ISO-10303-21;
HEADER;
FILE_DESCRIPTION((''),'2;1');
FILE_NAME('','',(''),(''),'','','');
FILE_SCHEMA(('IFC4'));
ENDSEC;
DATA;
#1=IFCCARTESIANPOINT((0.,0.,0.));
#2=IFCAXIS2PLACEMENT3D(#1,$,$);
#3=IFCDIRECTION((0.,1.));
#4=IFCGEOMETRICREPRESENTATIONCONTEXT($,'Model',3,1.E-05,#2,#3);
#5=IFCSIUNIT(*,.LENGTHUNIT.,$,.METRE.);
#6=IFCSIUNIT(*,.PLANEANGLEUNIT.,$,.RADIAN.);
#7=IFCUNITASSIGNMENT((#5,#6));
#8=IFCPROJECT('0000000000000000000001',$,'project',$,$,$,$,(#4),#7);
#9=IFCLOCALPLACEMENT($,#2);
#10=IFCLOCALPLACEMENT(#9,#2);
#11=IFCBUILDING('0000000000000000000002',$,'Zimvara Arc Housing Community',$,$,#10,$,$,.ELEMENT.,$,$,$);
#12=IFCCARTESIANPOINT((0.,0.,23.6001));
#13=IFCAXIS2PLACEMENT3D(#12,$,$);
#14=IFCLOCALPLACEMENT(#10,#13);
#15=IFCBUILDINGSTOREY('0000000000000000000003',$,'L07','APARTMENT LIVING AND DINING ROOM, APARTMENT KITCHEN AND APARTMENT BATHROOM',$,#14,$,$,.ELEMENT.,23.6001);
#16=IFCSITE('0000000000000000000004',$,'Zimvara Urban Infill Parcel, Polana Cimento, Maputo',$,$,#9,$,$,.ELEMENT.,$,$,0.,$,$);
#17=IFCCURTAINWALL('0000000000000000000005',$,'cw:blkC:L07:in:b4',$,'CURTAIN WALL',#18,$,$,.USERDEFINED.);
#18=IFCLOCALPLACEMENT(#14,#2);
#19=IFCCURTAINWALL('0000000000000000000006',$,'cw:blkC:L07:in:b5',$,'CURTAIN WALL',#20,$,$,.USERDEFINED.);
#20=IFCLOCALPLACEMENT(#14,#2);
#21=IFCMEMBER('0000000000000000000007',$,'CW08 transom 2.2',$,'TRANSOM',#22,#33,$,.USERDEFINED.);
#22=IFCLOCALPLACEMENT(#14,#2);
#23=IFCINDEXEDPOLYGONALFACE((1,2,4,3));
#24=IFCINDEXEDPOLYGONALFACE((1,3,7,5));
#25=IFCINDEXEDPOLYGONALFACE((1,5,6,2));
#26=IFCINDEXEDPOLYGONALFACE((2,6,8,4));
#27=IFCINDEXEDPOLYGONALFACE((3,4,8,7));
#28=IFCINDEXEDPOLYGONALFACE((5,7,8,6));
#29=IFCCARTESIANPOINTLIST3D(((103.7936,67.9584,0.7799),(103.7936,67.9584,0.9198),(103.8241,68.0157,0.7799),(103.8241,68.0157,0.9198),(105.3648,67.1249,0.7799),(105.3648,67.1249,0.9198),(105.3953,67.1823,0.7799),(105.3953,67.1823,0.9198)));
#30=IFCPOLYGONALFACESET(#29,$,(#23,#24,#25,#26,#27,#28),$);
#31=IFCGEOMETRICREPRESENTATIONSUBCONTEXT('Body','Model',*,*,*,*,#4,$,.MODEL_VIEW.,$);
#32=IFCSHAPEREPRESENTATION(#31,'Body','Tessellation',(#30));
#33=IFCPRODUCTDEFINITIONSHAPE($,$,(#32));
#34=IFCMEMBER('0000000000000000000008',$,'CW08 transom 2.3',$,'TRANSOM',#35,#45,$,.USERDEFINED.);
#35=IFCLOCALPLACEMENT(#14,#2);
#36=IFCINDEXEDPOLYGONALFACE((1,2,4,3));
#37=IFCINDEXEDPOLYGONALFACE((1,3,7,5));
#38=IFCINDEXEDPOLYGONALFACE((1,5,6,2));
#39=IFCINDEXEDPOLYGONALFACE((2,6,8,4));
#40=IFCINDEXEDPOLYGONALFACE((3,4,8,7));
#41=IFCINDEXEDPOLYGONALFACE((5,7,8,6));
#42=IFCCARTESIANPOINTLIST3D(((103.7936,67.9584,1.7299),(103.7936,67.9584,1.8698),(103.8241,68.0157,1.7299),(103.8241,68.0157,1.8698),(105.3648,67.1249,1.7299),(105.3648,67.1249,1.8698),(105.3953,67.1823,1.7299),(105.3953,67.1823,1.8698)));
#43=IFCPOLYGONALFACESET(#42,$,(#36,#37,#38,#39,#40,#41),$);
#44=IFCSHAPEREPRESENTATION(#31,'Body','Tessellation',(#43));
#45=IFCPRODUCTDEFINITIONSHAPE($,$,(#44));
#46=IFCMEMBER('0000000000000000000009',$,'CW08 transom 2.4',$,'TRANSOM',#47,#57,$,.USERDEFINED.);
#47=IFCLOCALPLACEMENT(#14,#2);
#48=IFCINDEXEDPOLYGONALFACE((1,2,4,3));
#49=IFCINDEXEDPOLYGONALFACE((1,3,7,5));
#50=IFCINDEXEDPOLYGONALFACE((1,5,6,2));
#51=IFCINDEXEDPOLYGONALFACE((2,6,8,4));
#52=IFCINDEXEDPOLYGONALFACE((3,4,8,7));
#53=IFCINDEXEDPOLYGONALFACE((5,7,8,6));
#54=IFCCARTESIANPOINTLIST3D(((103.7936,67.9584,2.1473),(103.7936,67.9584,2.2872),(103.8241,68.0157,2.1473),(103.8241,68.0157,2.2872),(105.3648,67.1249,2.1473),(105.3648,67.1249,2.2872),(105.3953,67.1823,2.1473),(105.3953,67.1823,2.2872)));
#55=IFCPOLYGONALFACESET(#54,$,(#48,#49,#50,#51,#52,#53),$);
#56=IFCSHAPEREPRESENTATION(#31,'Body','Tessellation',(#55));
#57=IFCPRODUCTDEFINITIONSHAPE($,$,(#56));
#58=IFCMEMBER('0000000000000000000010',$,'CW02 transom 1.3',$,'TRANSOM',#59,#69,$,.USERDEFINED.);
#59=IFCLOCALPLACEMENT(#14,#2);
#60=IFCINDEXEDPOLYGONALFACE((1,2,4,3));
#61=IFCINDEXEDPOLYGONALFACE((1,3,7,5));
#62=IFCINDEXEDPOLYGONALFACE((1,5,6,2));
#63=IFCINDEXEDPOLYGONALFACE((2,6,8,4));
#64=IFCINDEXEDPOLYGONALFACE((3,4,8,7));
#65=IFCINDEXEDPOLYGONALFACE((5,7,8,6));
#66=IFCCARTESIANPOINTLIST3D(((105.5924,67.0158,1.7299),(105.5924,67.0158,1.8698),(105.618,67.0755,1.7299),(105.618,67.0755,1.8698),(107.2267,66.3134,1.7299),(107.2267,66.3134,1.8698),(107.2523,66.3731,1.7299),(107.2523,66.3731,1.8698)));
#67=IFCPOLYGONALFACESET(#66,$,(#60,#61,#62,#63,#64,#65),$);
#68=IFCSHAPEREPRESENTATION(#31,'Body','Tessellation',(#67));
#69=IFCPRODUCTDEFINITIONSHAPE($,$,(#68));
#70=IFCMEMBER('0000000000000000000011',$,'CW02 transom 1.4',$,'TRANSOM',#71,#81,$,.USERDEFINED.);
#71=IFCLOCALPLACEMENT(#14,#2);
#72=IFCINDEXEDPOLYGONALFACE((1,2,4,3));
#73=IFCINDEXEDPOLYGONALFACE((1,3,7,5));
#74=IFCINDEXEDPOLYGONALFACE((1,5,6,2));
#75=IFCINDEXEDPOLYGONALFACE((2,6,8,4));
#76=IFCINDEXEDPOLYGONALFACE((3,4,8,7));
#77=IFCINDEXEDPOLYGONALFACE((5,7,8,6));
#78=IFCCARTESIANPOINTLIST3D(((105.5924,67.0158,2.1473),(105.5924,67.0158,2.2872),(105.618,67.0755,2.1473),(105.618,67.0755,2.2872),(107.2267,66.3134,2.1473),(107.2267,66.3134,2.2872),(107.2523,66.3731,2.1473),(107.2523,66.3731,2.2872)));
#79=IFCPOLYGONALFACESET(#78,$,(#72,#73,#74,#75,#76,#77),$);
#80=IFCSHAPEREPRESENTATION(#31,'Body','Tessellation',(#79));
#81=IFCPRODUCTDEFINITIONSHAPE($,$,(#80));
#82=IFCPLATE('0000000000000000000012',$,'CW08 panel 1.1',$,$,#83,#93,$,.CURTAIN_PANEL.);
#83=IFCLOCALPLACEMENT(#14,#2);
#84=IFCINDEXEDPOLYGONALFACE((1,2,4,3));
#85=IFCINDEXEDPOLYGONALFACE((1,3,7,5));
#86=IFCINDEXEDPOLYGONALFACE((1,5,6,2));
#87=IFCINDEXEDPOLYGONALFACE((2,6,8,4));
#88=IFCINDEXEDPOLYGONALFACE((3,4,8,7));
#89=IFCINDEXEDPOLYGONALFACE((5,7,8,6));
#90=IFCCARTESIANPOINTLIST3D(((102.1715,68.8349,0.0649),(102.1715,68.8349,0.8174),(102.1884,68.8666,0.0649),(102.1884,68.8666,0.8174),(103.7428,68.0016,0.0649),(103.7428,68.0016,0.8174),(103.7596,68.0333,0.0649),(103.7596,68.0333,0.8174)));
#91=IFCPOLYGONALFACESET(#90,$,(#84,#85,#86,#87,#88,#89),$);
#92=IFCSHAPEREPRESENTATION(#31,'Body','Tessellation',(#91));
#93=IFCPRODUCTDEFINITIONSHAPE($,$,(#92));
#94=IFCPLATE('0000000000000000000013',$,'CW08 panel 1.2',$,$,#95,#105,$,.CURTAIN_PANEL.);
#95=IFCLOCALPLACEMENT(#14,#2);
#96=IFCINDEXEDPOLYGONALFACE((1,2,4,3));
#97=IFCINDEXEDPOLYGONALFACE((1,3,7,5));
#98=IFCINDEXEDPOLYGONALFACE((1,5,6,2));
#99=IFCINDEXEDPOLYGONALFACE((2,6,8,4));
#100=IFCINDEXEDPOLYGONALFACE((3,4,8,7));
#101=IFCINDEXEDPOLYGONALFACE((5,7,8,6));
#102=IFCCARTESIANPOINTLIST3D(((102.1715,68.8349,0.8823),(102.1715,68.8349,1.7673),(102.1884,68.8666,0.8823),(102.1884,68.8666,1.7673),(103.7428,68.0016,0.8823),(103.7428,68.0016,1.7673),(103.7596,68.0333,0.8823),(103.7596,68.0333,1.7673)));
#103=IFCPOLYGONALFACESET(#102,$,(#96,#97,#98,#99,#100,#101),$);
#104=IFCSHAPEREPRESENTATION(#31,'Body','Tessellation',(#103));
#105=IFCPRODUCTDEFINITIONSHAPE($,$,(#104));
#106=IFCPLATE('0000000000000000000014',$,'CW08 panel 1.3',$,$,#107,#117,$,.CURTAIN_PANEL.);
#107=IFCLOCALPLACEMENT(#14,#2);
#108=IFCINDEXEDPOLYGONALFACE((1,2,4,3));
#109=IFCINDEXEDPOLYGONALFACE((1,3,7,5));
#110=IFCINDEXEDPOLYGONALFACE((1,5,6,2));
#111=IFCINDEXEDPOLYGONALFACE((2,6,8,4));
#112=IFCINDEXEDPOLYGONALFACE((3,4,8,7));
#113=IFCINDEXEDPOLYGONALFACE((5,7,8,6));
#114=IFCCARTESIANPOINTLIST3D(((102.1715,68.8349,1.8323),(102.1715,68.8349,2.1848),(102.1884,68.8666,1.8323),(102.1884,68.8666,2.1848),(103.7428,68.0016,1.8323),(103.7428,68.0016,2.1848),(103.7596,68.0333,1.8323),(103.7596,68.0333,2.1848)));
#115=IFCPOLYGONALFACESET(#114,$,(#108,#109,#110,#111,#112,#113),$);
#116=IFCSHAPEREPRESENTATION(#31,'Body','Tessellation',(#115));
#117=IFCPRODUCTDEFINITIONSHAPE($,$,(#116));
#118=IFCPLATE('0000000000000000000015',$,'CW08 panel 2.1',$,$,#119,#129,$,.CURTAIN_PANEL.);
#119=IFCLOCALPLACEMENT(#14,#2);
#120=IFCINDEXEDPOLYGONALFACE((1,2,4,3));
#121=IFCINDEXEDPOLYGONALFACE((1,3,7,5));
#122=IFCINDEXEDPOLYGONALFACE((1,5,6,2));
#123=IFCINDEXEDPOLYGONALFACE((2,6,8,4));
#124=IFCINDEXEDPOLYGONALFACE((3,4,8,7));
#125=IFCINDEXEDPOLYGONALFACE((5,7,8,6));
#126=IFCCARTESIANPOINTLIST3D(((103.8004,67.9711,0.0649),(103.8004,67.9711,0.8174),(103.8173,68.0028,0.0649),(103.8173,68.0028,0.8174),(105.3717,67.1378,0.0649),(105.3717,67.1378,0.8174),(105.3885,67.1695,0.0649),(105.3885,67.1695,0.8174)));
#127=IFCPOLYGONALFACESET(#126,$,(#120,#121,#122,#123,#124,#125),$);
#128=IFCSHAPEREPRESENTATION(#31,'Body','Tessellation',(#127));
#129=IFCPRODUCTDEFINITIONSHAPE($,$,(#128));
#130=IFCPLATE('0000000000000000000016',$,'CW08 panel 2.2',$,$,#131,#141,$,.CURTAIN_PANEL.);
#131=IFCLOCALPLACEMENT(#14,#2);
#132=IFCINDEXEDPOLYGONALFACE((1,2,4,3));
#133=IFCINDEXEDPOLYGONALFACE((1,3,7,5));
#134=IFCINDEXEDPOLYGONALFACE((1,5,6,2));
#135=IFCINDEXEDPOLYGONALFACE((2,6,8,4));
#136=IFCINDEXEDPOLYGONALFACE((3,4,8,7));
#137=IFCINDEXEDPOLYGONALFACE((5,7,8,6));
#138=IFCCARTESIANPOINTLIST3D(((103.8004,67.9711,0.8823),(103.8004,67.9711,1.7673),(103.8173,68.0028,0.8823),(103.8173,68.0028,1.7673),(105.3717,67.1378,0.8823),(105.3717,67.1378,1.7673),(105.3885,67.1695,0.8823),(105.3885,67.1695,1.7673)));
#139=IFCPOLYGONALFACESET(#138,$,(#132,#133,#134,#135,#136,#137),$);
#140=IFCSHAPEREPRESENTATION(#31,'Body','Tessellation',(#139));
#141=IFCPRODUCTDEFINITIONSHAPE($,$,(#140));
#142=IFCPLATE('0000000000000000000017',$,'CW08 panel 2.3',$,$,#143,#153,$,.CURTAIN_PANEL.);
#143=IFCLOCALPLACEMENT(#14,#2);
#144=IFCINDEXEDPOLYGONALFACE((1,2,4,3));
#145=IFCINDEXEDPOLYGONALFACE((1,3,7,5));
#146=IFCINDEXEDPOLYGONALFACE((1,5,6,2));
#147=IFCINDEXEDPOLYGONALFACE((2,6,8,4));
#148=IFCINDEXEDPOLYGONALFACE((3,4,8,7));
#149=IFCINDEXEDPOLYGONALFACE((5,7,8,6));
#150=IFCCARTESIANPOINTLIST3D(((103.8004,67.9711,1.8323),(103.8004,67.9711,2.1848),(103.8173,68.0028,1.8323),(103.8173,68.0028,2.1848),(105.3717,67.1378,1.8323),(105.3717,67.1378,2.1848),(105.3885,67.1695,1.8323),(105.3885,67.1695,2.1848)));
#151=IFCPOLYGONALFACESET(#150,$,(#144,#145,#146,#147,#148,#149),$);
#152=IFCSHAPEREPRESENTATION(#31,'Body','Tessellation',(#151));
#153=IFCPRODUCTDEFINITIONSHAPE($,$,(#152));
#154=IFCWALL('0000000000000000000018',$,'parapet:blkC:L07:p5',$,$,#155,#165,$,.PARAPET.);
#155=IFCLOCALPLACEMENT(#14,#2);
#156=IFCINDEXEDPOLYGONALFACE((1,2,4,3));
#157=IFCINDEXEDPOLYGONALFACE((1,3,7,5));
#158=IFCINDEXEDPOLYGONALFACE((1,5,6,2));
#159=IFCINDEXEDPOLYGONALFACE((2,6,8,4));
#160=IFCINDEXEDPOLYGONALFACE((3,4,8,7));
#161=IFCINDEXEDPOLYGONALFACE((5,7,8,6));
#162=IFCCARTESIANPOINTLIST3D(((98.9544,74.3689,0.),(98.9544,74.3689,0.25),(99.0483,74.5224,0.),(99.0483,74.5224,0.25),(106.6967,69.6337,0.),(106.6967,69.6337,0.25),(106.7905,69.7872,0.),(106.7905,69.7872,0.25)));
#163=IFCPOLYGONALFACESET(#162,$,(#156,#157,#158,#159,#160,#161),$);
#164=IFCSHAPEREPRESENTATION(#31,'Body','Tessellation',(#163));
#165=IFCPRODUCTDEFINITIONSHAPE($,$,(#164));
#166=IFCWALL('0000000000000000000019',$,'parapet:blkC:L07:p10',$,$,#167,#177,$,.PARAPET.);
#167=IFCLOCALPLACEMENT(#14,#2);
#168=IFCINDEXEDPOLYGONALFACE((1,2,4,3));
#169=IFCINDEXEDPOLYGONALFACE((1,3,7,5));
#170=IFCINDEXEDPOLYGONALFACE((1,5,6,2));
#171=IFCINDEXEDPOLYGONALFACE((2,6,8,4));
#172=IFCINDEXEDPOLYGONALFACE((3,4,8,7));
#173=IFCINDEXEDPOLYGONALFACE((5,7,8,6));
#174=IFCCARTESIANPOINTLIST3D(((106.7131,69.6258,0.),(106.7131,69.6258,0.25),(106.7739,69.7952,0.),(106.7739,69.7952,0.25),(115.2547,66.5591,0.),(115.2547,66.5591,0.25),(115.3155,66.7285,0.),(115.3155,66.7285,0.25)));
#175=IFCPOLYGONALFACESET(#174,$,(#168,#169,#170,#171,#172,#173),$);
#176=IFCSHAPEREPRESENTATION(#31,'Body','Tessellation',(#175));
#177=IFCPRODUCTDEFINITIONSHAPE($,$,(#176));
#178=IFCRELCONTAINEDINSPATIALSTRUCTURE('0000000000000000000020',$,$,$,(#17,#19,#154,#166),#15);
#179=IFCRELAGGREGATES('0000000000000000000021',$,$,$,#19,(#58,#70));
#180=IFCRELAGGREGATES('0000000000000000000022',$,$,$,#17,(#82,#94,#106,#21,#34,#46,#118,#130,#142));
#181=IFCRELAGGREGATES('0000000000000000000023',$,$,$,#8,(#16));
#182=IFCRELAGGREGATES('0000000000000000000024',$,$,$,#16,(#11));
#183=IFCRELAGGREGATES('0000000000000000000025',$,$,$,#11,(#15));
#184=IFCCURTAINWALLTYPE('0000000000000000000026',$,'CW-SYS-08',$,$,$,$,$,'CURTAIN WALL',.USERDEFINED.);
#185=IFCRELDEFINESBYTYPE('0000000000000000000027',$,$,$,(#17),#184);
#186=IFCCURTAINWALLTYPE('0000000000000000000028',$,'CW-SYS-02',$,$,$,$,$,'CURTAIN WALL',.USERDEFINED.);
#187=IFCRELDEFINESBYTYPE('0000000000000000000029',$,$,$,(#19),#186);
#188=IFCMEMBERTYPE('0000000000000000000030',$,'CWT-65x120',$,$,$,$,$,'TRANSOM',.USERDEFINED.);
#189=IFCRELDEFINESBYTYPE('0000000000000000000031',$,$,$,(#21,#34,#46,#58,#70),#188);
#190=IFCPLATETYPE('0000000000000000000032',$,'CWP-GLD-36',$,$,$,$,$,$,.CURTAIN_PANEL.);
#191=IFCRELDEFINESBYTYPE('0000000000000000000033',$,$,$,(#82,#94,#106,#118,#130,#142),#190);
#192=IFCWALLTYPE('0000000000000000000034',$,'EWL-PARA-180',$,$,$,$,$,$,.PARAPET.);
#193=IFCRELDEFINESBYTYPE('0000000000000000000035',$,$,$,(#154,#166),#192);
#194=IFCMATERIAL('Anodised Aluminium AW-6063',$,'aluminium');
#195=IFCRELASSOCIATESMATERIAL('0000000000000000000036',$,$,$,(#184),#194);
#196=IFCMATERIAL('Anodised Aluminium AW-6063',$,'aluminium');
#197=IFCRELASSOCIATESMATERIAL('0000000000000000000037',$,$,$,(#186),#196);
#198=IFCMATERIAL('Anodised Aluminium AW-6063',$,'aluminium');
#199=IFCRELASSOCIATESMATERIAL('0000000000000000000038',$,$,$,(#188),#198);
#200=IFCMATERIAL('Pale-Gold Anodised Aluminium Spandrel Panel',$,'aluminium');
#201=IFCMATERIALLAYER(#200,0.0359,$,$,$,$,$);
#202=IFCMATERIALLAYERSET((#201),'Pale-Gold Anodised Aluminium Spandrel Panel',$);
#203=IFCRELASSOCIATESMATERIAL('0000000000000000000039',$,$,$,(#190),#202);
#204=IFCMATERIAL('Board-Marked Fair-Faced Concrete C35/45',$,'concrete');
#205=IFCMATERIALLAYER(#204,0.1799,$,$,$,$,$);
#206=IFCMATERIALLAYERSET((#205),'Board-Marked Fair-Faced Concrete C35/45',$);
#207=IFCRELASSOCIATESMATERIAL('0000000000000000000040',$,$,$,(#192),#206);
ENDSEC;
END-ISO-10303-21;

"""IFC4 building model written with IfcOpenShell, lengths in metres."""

from ifc_helpers import new_model, si_unit, direction, frame, frame_2d, origin, origin_2d, place, context, subcontext, project, spatial, rectangle, extrude, material, layer, layer_set, material_profile, profile_set, type_object, element, aggregate, save


model = new_model("IFC4")

# Units and contexts
model_context = context("Model", 3, precision=1e-05, world=origin(), true_north=direction((0.0, 1.0)))
body_context = subcontext(model_context, "Body", "Model", "MODEL_VIEW")
ifc_project = project(units=[si_unit("LENGTHUNIT", "METRE"), si_unit("PLANEANGLEUNIT", "RADIAN")], contexts=[model_context])

# Site, building, storey
site_placement = place(None, origin())
site = spatial("IfcSite", under=ifc_project, at=site_placement, Name="Zimvara Urban Infill Parcel, Polana Cimento, Maputo", CompositionType="ELEMENT", RefElevation=0.0)
building_placement = place(site_placement, origin())
building = spatial("IfcBuilding", under=site, at=building_placement, Name="Zimvara Arc Housing Community", CompositionType="ELEMENT")
storey_placement = place(building_placement, frame((0.0, 0.0, 23.6001)))
storey = spatial("IfcBuildingStorey", under=building, at=storey_placement, Name="L07", Description="APARTMENT LIVING AND DINING ROOM, APARTMENT KITCHEN AND APARTMENT BATHROOM", CompositionType="ELEMENT", Elevation=23.6001)

# Curtain wall
ifc_material_1 = material(Name="Anodised Aluminium AW-6063", Category="aluminium")
curtain_wall_type_1 = type_object("IfcCurtainWallType", Name="CW-SYS-08", ElementType="CURTAIN WALL", PredefinedType="USERDEFINED", material=ifc_material_1)
curtain_wall_1_placement = place(storey_placement, origin())
curtain_wall_1 = element("IfcCurtainWall", 1, at=curtain_wall_1_placement, inside=storey, type_object=curtain_wall_type_1, Name="cw:blkC:L07:in:b4", ObjectType="CURTAIN WALL", PredefinedType="USERDEFINED")

# Curtain wall
ifc_material_2 = material(Name="Anodised Aluminium AW-6063", Category="aluminium")
curtain_wall_type_2 = type_object("IfcCurtainWallType", Name="CW-SYS-02", ElementType="CURTAIN WALL", PredefinedType="USERDEFINED", material=ifc_material_2)
curtain_wall_2_placement = place(storey_placement, origin())
curtain_wall_2 = element("IfcCurtainWall", 2, at=curtain_wall_2_placement, inside=storey, type_object=curtain_wall_type_2, Name="cw:blkC:L07:in:b5", ObjectType="CURTAIN WALL", PredefinedType="USERDEFINED")

# Members
ifc_material_3 = material(Name="Anodised Aluminium AW-6063", Category="aluminium")
ifc_material_profile_1 = material_profile(ifc_material_3, rectangle(XDim=0.0649, YDim=0.1399, at=origin_2d()), Name="ALU 65x140")
ifc_profile_set_1 = profile_set([ifc_material_profile_1], Name="Anodised Aluminium AW-6063")
member_type_1 = type_object("IfcMemberType", Name="CWT-65x120", ElementType="TRANSOM", PredefinedType="USERDEFINED", material=ifc_profile_set_1)
member_1_placement = place(storey_placement, frame((103.8088, 67.9871, 0.8499), z_axis=(0.883407, -0.468607, 0.0), x_axis=(0.468607, 0.883407, 0.0)))
member_1 = element("IfcMember", 3, at=member_1_placement, type_object=member_type_1, Name="CW08 transom 2.2", ObjectType="TRANSOM", PredefinedType="USERDEFINED", context=body_context, shape_type="SweptSolid", body=[
    extrude(rectangle(XDim=0.0649, YDim=0.1399, at=origin_2d()), origin(), (0.0, 0.0, 1.0), 1.7786),
])
member_2_placement = place(storey_placement, frame((103.8088, 67.9871, 1.7998), z_axis=(0.883407, -0.468607, 0.0), x_axis=(0.468607, 0.883407, 0.0)))
member_2 = element("IfcMember", 4, at=member_2_placement, type_object=member_type_1, Name="CW08 transom 2.3", ObjectType="TRANSOM", PredefinedType="USERDEFINED", context=body_context, shape_type="SweptSolid", body=[
    extrude(rectangle(XDim=0.0649, YDim=0.1399, at=origin_2d()), origin(), (0.0, 0.0, 1.0), 1.7786),
])
member_3_placement = place(storey_placement, frame((103.8088, 67.9871, 2.2173), z_axis=(0.883407, -0.468607, 0.0), x_axis=(0.468607, 0.883407, 0.0)))
member_3 = element("IfcMember", 5, at=member_3_placement, type_object=member_type_1, Name="CW08 transom 2.4", ObjectType="TRANSOM", PredefinedType="USERDEFINED", context=body_context, shape_type="SweptSolid", body=[
    extrude(rectangle(XDim=0.0649, YDim=0.1399, at=origin_2d()), origin(), (0.0, 0.0, 1.0), 1.7786),
])
member_4_placement = place(storey_placement, frame((105.6052, 67.0457, 1.7998), z_axis=(0.91874, -0.394863, 0.0), x_axis=(0.394863, 0.91874, 0.0)))
member_4 = element("IfcMember", 6, at=member_4_placement, type_object=member_type_1, Name="CW02 transom 1.3", ObjectType="TRANSOM", PredefinedType="USERDEFINED", context=body_context, shape_type="SweptSolid", body=[
    extrude(rectangle(XDim=0.0649, YDim=0.1399, at=origin_2d()), origin(), (0.0, 0.0, 1.0), 1.7788),
])
member_5_placement = place(storey_placement, frame((105.6052, 67.0457, 2.2173), z_axis=(0.91874, -0.394863, 0.0), x_axis=(0.394863, 0.91874, 0.0)))
member_5 = element("IfcMember", 7, at=member_5_placement, type_object=member_type_1, Name="CW02 transom 1.4", ObjectType="TRANSOM", PredefinedType="USERDEFINED", context=body_context, shape_type="SweptSolid", body=[
    extrude(rectangle(XDim=0.0649, YDim=0.1399, at=origin_2d()), origin(), (0.0, 0.0, 1.0), 1.7788),
])
aggregate(curtain_wall_2, [member_4, member_5])

# Plates
ifc_material_4 = material(Name="Pale-Gold Anodised Aluminium Spandrel Panel", Category="aluminium")
ifc_layer_1 = layer(ifc_material_4, 0.0359)
ifc_layer_set_1 = layer_set([ifc_layer_1], Name="Pale-Gold Anodised Aluminium Spandrel Panel")
plate_type = type_object("IfcPlateType", Name="CWP-GLD-36", PredefinedType="CURTAIN_PANEL", material=ifc_layer_set_1)
plate_1_placement = place(storey_placement, frame((102.9656, 68.4341, 0.0649), z_axis=(0.0, 0.0, 1.0), x_axis=(0.883439, -0.468547, 0.0)))
plate_1 = element("IfcPlate", 8, at=plate_1_placement, type_object=plate_type, Name="CW08 panel 1.1", PredefinedType="CURTAIN_PANEL", context=body_context, shape_type="SweptSolid", body=[
    extrude(rectangle(XDim=1.7786, YDim=0.0359, at=origin_2d()), origin(), (0.0, 0.0, 1.0), 0.7524),
])
plate_2_placement = place(storey_placement, frame((102.9656, 68.4341, 0.8823), z_axis=(0.0, 0.0, 1.0), x_axis=(0.883439, -0.468547, 0.0)))
plate_2 = element("IfcPlate", 9, at=plate_2_placement, type_object=plate_type, Name="CW08 panel 1.2", PredefinedType="CURTAIN_PANEL", context=body_context, shape_type="SweptSolid", body=[
    extrude(rectangle(XDim=1.7786, YDim=0.0359, at=origin_2d()), origin(), (0.0, 0.0, 1.0), 0.885),
])
plate_3_placement = place(storey_placement, frame((102.9656, 68.4341, 1.8323), z_axis=(0.0, 0.0, 1.0), x_axis=(0.883439, -0.468547, 0.0)))
plate_3 = element("IfcPlate", 10, at=plate_3_placement, type_object=plate_type, Name="CW08 panel 1.3", PredefinedType="CURTAIN_PANEL", context=body_context, shape_type="SweptSolid", body=[
    extrude(rectangle(XDim=1.7786, YDim=0.0359, at=origin_2d()), origin(), (0.0, 0.0, 1.0), 0.3525),
])
plate_4_placement = place(storey_placement, frame((104.5945, 67.5703, 0.0649), z_axis=(0.0, 0.0, 1.0), x_axis=(0.883439, -0.468547, 0.0)))
plate_4 = element("IfcPlate", 11, at=plate_4_placement, type_object=plate_type, Name="CW08 panel 2.1", PredefinedType="CURTAIN_PANEL", context=body_context, shape_type="SweptSolid", body=[
    extrude(rectangle(XDim=1.7786, YDim=0.0359, at=origin_2d()), origin(), (0.0, 0.0, 1.0), 0.7524),
])
plate_5_placement = place(storey_placement, frame((104.5945, 67.5703, 0.8823), z_axis=(0.0, 0.0, 1.0), x_axis=(0.883439, -0.468547, 0.0)))
plate_5 = element("IfcPlate", 12, at=plate_5_placement, type_object=plate_type, Name="CW08 panel 2.2", PredefinedType="CURTAIN_PANEL", context=body_context, shape_type="SweptSolid", body=[
    extrude(rectangle(XDim=1.7786, YDim=0.0359, at=origin_2d()), origin(), (0.0, 0.0, 1.0), 0.885),
])
plate_6_placement = place(storey_placement, frame((104.5945, 67.5703, 1.8323), z_axis=(0.0, 0.0, 1.0), x_axis=(0.883439, -0.468547, 0.0)))
plate_6 = element("IfcPlate", 13, at=plate_6_placement, type_object=plate_type, Name="CW08 panel 2.3", PredefinedType="CURTAIN_PANEL", context=body_context, shape_type="SweptSolid", body=[
    extrude(rectangle(XDim=1.7786, YDim=0.0359, at=origin_2d()), origin(), (0.0, 0.0, 1.0), 0.3525),
])
aggregate(curtain_wall_1, [plate_1, plate_2, plate_3, member_1, member_2, member_3, plate_4, plate_5, plate_6])

# Walls
ifc_material_5 = material(Name="Board-Marked Fair-Faced Concrete C35/45", Category="concrete")
ifc_layer_2 = layer(ifc_material_5, 0.1799)
ifc_layer_set_2 = layer_set([ifc_layer_2], Name="Board-Marked Fair-Faced Concrete C35/45")
wall_type_1 = type_object("IfcWallType", Name="EWL-PARA-180", PredefinedType="PARAPET", material=ifc_layer_set_2)
for number, where, z_axis, x_axis, name in (
    (14, (99.0015, 74.4456, 0.0), (0.0, 0.0, 1.0), (0.853097, -0.521752, 0.0), "parapet:blkC:L07:p5"),
    (15, (106.7437, 69.7104, 0.0), (0.0, 0.0, 1.0), (0.941178, -0.337911, 0.0), "parapet:blkC:L07:p10"),
):
    element("IfcWall", number, at=place(storey_placement, frame(where, z_axis=z_axis, x_axis=x_axis)), inside=storey, type_object=wall_type_1, Name=name, PredefinedType="PARAPET", context=body_context, shape_type="SweptSolid", body=[
        extrude(rectangle(XDim=9.0754, YDim=0.1799, at=frame_2d((4.5376, 0.0))), origin(), (0.0, 0.0, 1.0), 0.25),
    ])

save(model, "model.ifc")
